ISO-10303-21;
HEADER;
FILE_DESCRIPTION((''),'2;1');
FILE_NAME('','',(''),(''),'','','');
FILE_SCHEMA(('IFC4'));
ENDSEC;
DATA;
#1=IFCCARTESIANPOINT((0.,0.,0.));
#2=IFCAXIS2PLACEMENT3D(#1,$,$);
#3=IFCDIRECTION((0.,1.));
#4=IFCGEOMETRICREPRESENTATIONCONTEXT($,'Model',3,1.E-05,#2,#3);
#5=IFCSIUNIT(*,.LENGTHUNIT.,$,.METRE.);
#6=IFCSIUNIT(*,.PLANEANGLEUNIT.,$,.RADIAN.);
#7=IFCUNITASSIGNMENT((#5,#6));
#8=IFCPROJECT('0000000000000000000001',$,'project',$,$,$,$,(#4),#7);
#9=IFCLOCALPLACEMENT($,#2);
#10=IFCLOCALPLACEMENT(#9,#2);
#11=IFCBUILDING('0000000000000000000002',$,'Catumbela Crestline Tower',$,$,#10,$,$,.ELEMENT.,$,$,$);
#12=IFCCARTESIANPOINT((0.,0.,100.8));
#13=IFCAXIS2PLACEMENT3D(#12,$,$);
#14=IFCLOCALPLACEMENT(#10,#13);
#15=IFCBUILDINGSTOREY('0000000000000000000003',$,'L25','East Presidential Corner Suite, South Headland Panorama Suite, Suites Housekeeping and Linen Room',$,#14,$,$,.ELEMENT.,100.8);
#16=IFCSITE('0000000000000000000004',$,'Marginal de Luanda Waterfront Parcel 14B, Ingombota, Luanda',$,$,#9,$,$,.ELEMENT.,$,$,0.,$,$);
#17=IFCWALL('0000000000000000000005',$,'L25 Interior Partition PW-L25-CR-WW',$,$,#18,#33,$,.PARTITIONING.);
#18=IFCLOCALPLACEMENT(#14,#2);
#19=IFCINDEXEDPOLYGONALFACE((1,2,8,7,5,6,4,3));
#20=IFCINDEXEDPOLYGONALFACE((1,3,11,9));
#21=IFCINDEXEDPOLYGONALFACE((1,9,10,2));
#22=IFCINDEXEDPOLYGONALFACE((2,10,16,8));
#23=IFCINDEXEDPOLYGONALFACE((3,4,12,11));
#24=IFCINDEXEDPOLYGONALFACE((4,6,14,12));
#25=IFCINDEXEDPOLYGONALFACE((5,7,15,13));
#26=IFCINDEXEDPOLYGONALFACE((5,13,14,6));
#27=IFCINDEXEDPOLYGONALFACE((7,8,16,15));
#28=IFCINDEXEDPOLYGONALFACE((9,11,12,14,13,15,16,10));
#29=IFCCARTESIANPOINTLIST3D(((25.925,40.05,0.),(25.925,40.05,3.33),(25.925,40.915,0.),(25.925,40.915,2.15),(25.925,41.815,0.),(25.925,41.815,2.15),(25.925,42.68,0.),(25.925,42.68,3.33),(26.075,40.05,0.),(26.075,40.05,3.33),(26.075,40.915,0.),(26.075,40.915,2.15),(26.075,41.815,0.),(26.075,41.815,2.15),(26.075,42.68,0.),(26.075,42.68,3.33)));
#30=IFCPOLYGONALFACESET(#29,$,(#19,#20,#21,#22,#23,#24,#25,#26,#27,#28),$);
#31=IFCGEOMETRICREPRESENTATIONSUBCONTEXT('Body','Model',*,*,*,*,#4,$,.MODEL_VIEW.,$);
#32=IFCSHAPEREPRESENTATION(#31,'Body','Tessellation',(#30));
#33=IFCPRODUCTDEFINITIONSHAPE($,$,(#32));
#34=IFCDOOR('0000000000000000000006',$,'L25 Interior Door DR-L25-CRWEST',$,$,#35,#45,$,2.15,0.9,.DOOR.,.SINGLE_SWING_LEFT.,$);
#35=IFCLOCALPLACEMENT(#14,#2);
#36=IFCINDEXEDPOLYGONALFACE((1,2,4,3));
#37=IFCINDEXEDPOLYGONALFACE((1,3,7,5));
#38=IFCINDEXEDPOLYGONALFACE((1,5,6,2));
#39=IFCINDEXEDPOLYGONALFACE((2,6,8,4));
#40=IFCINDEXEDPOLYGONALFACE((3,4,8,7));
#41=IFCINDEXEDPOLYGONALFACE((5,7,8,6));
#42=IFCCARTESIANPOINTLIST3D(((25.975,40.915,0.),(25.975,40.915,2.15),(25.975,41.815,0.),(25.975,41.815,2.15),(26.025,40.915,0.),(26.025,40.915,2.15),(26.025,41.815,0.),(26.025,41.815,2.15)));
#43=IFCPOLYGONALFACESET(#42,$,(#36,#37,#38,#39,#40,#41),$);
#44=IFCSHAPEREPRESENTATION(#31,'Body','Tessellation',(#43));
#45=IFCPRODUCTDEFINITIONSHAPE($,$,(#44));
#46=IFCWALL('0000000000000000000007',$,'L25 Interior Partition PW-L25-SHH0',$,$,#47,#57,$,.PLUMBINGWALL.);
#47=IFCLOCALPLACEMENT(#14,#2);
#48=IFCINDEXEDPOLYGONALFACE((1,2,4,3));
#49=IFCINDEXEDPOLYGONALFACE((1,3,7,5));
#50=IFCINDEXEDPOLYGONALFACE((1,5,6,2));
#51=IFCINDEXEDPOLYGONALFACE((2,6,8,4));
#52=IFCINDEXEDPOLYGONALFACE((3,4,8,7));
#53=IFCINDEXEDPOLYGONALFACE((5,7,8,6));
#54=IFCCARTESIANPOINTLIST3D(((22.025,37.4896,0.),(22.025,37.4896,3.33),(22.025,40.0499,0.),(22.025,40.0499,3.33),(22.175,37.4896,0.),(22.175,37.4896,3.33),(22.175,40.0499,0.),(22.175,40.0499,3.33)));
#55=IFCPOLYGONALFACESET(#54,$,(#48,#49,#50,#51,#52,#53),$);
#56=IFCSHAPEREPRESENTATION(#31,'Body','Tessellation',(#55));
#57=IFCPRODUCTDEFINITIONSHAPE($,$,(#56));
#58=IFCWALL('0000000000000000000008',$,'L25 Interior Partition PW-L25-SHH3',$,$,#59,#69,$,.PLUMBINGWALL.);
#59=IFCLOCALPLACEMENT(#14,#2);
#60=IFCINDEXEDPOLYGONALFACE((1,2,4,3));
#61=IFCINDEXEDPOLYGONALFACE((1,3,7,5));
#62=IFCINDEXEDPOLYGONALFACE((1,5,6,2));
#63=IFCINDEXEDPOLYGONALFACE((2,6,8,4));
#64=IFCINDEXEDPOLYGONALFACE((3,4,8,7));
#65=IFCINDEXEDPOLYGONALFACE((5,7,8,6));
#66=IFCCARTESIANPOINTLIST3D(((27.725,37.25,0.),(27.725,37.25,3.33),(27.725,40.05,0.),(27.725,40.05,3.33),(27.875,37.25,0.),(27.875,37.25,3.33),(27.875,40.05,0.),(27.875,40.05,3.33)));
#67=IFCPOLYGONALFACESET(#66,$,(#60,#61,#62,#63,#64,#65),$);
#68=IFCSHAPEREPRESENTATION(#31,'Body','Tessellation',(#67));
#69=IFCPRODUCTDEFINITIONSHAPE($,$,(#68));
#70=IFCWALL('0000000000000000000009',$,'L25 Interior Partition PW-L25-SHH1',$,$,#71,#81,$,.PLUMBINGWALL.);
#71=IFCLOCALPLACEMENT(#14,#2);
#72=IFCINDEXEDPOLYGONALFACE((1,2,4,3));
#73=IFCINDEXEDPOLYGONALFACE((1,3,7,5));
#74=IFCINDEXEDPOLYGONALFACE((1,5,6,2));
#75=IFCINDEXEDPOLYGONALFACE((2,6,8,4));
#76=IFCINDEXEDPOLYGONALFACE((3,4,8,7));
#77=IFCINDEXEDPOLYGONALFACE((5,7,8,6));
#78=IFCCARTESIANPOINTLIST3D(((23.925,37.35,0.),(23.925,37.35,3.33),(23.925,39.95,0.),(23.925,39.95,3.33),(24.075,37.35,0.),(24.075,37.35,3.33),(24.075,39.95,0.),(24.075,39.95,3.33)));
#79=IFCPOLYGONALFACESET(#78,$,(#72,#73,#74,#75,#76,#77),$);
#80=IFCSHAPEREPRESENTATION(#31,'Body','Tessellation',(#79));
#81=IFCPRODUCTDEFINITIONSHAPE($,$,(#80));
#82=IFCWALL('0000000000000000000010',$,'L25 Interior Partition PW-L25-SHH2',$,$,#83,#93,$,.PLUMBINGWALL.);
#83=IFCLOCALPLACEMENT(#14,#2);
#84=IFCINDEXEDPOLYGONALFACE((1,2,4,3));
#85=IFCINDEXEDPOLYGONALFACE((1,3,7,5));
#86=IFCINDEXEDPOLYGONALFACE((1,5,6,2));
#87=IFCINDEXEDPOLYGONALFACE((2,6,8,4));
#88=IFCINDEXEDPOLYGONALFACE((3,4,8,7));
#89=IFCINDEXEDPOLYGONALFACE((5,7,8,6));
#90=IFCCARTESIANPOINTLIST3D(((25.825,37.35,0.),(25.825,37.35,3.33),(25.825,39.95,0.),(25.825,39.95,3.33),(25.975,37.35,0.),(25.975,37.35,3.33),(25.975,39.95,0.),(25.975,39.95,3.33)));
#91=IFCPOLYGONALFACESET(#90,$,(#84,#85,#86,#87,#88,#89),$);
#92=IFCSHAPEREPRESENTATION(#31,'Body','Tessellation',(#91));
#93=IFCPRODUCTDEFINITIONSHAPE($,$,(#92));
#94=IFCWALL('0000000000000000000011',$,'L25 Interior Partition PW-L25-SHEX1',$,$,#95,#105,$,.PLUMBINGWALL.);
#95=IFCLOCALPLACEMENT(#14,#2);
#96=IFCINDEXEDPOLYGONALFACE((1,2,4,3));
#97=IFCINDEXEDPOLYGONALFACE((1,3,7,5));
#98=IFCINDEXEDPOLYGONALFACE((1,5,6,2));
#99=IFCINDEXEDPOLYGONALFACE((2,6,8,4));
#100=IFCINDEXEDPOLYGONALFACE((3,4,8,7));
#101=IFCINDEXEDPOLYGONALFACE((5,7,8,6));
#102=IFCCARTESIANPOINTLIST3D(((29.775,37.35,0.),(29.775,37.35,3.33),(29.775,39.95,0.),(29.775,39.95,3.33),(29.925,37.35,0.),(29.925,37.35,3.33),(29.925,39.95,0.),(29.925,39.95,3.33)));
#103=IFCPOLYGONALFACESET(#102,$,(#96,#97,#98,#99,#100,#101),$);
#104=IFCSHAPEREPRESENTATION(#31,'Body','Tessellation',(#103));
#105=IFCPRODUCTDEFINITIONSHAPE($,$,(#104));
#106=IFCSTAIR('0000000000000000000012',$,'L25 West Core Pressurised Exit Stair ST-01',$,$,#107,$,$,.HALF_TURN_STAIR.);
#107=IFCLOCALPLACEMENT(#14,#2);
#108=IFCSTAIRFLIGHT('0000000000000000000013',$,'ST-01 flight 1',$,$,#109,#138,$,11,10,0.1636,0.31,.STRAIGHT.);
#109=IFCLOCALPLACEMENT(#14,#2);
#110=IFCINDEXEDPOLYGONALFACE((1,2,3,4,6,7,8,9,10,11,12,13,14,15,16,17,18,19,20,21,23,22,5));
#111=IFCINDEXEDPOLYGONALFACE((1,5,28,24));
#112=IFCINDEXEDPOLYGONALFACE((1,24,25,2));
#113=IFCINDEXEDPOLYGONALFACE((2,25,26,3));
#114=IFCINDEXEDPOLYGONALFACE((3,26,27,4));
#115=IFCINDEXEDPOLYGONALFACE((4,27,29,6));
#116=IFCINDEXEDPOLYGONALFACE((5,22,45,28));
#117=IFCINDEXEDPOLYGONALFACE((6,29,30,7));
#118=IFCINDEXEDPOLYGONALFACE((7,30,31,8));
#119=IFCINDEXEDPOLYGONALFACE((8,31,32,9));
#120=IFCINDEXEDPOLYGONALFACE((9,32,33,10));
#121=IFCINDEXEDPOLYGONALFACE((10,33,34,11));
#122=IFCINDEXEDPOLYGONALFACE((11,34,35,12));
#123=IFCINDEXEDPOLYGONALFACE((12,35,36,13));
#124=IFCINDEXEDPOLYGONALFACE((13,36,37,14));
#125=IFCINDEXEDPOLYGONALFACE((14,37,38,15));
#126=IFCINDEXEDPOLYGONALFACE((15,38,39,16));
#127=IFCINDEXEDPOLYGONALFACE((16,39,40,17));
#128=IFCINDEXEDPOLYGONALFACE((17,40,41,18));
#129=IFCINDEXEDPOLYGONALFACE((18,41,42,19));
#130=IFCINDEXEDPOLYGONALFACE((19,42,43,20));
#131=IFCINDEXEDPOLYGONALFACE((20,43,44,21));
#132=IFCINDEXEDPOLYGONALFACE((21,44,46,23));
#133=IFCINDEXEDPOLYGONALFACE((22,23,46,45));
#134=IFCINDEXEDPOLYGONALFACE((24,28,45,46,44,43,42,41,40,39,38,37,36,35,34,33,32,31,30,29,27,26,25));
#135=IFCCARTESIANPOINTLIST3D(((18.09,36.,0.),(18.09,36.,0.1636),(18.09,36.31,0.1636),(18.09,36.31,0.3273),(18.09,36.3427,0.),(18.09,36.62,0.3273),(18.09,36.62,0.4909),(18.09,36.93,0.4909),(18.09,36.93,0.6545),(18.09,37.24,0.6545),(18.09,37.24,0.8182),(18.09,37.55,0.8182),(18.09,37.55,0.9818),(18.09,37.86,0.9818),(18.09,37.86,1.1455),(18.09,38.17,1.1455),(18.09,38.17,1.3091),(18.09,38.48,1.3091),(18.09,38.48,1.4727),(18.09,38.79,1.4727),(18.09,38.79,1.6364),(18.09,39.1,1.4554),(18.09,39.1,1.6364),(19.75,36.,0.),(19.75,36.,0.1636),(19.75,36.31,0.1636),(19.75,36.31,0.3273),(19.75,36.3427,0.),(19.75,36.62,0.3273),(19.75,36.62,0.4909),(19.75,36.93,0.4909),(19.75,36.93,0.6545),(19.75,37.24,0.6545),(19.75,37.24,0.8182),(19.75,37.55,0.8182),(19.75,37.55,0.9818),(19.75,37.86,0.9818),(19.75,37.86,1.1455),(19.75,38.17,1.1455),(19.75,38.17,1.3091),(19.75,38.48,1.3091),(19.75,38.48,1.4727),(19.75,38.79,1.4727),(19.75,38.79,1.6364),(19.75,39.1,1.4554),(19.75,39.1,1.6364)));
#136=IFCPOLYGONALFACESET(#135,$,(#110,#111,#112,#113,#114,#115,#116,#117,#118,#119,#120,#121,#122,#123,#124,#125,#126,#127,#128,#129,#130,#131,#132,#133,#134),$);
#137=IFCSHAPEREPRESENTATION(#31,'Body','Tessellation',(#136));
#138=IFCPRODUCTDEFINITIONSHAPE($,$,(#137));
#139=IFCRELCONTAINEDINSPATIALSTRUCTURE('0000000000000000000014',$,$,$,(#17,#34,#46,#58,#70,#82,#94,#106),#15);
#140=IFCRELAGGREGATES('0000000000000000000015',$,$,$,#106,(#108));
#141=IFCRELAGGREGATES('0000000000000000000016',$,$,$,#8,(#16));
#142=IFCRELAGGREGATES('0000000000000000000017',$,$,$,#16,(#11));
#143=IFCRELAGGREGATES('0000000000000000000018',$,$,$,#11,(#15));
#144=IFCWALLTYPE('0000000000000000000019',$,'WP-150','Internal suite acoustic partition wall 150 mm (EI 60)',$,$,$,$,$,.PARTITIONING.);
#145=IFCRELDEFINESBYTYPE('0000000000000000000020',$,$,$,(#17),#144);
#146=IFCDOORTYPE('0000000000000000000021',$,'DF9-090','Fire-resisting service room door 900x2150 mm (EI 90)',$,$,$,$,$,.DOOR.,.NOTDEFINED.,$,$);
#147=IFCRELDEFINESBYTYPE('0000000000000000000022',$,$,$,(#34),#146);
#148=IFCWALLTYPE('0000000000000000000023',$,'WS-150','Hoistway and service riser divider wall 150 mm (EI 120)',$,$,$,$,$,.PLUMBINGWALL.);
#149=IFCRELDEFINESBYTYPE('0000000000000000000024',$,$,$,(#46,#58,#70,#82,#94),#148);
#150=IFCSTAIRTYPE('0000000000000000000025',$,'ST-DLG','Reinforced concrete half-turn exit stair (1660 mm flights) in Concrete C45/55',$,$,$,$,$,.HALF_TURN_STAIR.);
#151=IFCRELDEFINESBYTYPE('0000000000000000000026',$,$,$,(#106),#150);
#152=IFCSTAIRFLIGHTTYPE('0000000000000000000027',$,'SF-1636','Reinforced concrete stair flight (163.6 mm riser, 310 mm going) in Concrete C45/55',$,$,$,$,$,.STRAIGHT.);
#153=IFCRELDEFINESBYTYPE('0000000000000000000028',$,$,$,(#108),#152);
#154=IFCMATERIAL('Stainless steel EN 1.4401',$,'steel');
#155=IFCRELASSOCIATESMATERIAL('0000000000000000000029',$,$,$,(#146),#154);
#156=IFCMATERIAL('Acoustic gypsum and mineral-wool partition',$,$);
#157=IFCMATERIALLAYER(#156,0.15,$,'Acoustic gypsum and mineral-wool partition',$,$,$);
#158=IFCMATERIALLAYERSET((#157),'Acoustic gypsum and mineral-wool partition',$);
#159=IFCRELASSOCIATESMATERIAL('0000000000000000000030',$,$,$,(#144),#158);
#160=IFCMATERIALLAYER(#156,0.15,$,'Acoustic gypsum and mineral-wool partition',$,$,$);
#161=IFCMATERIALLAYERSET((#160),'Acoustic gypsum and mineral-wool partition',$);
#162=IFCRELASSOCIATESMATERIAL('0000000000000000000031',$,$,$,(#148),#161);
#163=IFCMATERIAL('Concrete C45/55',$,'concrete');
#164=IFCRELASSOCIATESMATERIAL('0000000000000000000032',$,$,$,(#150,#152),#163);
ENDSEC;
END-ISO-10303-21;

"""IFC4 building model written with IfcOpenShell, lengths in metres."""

from ifc_helpers import new_model, si_unit, direction, frame, frame_2d, origin, place, context, subcontext, project, spatial, polyline, rectangle, outline, extrude, material, layer, layer_set, type_object, element, fill, aggregate, save


model = new_model("IFC4")

# Units and contexts
model_context = context("Model", 3, precision=1e-05, world=origin(), true_north=direction((0.0, 1.0)))
body_context = subcontext(model_context, "Body", "Model", "MODEL_VIEW")
ifc_project = project(units=[si_unit("LENGTHUNIT", "METRE"), si_unit("PLANEANGLEUNIT", "RADIAN")], contexts=[model_context])

# Site, building, storey
site_placement = place(None, origin())
site = spatial("IfcSite", under=ifc_project, at=site_placement, Name="Marginal de Luanda Waterfront Parcel 14B, Ingombota, Luanda", CompositionType="ELEMENT", RefElevation=0.0)
building_placement = place(site_placement, origin())
building = spatial("IfcBuilding", under=site, at=building_placement, Name="Catumbela Crestline Tower", CompositionType="ELEMENT")
storey_placement = place(building_placement, frame((0.0, 0.0, 100.8)))
storey = spatial("IfcBuildingStorey", under=building, at=storey_placement, Name="L25", Description="East Presidential Corner Suite, South Headland Panorama Suite, Suites Housekeeping and Linen Room", CompositionType="ELEMENT", Elevation=100.8)

# Shared definitions
ifc_material_1 = material(Name="Stainless steel EN 1.4401", Category="steel")

# Shared definitions
door_type_1 = type_object("IfcDoorType", Name="DF9-090", Description="Fire-resisting service room door 900x2150 mm (EI 90)", OperationType="NOTDEFINED", PredefinedType="DOOR", material=ifc_material_1)

# Wall, opening, door
ifc_material_2 = material(Name="Acoustic gypsum and mineral-wool partition")
ifc_layer_1 = layer(ifc_material_2, 0.15, Name="Acoustic gypsum and mineral-wool partition")
ifc_layer_set_1 = layer_set([ifc_layer_1], Name="Acoustic gypsum and mineral-wool partition")
wall_type_1 = type_object("IfcWallType", Name="WP-150", Description="Internal suite acoustic partition wall 150 mm (EI 60)", PredefinedType="PARTITIONING", material=ifc_layer_set_1)
wall_1_placement = place(storey_placement, frame((26.0, 40.05, 0.0), z_axis=(0.0, 0.0, 1.0), x_axis=(0.0, 1.0, 0.0)))
wall_1 = element("IfcWall", 1, at=wall_1_placement, inside=storey, type_object=wall_type_1, Name="L25 Interior Partition PW-L25-CR-WW", PredefinedType="PARTITIONING", context=body_context, shape_type="SweptSolid", body=[
    extrude(rectangle(XDim=2.63, YDim=0.15, at=frame_2d((1.315, 0.0))), origin(), (0.0, 0.0, 1.0), 3.33),
])
opening_1_placement = place(wall_1_placement, frame((0.865, 0.0, 0.0)))
opening_1 = element("IfcOpeningElement", 2, at=opening_1_placement, cuts=wall_1, PredefinedType="OPENING", context=body_context, shape_type="SweptSolid", body=[
    extrude(rectangle(XDim=0.9, YDim=2.15, at=frame_2d((0.45, 1.075))), frame((0.0, 0.085, 0.0), z_axis=(0.0, -1.0, 0.0), x_axis=(1.0, 0.0, 0.0)), (0.0, 0.0, 1.0), 0.17),
])
door_1_placement = place(opening_1_placement, origin())
door_1 = element("IfcDoor", 3, at=door_1_placement, inside=storey, type_object=door_type_1, Name="L25 Interior Door DR-L25-CRWEST", OperationType="SINGLE_SWING_LEFT", OverallHeight=2.15, OverallWidth=0.9, PredefinedType="DOOR", context=body_context, shape_type="SweptSolid", body=[
    extrude(rectangle(XDim=0.9, YDim=2.15, at=frame_2d((0.45, 1.075))), frame((0.0, 0.025, 0.0), z_axis=(0.0, -1.0, 0.0), x_axis=(1.0, 0.0, 0.0)), (0.0, 0.0, 1.0), 0.05),
])
fill(opening_1, door_1)

# Walls
ifc_layer_2 = layer(ifc_material_2, 0.15, Name="Acoustic gypsum and mineral-wool partition")
ifc_layer_set_2 = layer_set([ifc_layer_2], Name="Acoustic gypsum and mineral-wool partition")
wall_type_2 = type_object("IfcWallType", Name="WS-150", Description="Hoistway and service riser divider wall 150 mm (EI 120)", PredefinedType="PLUMBINGWALL", material=ifc_layer_set_2)
wall_2_placement = place(storey_placement, frame((22.1, 37.4897, 0.0), z_axis=(0.0, 0.0, 1.0), x_axis=(0.0, 1.0, 0.0)))
element("IfcWall", 4, at=wall_2_placement, inside=storey, type_object=wall_type_2, Name="L25 Interior Partition PW-L25-SHH0", PredefinedType="PLUMBINGWALL", context=body_context, shape_type="SweptSolid", body=[
    extrude(rectangle(XDim=2.5603, YDim=0.15, at=frame_2d((1.2801, 0.0))), origin(), (0.0, 0.0, 1.0), 3.33),
])
wall_3_placement = place(storey_placement, frame((27.8, 37.25, 0.0), z_axis=(0.0, 0.0, 1.0), x_axis=(0.0, 1.0, 0.0)))
element("IfcWall", 5, at=wall_3_placement, inside=storey, type_object=wall_type_2, Name="L25 Interior Partition PW-L25-SHH3", PredefinedType="PLUMBINGWALL", context=body_context, shape_type="SweptSolid", body=[
    extrude(rectangle(XDim=2.8, YDim=0.15, at=frame_2d((1.4, 0.0))), origin(), (0.0, 0.0, 1.0), 3.33),
])
for number, where, z_axis, x_axis, name in (
    (6, (24.0, 37.35, 0.0), (0.0, 0.0, 1.0), (0.0, 1.0, 0.0), "L25 Interior Partition PW-L25-SHH1"),
    (7, (25.9, 37.35, 0.0), (0.0, 0.0, 1.0), (0.0, 1.0, 0.0), "L25 Interior Partition PW-L25-SHH2"),
    (8, (29.85, 37.35, 0.0), (0.0, 0.0, 1.0), (0.0, 1.0, 0.0), "L25 Interior Partition PW-L25-SHEX1"),
):
    element("IfcWall", number, at=place(storey_placement, frame(where, z_axis=z_axis, x_axis=x_axis)), inside=storey, type_object=wall_type_2, Name=name, PredefinedType="PLUMBINGWALL", context=body_context, shape_type="SweptSolid", body=[
        extrude(rectangle(XDim=2.6, YDim=0.15, at=frame_2d((1.3, 0.0))), origin(), (0.0, 0.0, 1.0), 3.33),
    ])

# Stair, stair flight
ifc_material_3 = material(Name="Concrete C45/55", Category="concrete")
stair_type = type_object("IfcStairType", Name="ST-DLG", Description="Reinforced concrete half-turn exit stair (1660 mm flights) in Concrete C45/55", PredefinedType="HALF_TURN_STAIR", material=ifc_material_3)
stair_placement = place(storey_placement, origin())
stair = element("IfcStair", 9, at=stair_placement, inside=storey, type_object=stair_type, Name="L25 West Core Pressurised Exit Stair ST-01", PredefinedType="HALF_TURN_STAIR")
stair_flight_type = type_object("IfcStairFlightType", Name="SF-1636", Description="Reinforced concrete stair flight (163.6 mm riser, 310 mm going) in Concrete C45/55", PredefinedType="STRAIGHT", material=ifc_material_3)
stair_flight_placement = place(storey_placement, frame((18.92, 36.0, 0.0), z_axis=(0.0, 0.0, 1.0), x_axis=(0.0, 1.0, 0.0)))
stair_flight = element("IfcStairFlight", 10, at=stair_flight_placement, type_object=stair_flight_type, Name="ST-01 flight 1", NumberOfRisers=11, NumberOfTreads=10, PredefinedType="STRAIGHT", RiserHeight=0.1636, TreadLength=0.31, context=body_context, shape_type="SweptSolid", body=[
    extrude(outline(polyline([(0.0, 0.0), (0.0, 0.1636), (0.31, 0.1636), (0.31, 0.3273), (0.62, 0.3273), (0.62, 0.4909), (0.93, 0.4909), (0.93, 0.6545), (1.24, 0.6545), (1.24, 0.8182), (1.55, 0.8182), (1.55, 0.9818), (1.86, 0.9818), (1.86, 1.1455), (2.17, 1.1455), (2.17, 1.3091), (2.48, 1.3091), (2.48, 1.4727), (2.79, 1.4727), (2.79, 1.6364), (3.1, 1.6364), (3.1, 1.8), (3.1, 1.4554), (0.3427, 0.0), (0.0, 0.0)])), frame((0.0, 0.83, 0.0), z_axis=(0.0, -1.0, 0.0), x_axis=(1.0, 0.0, 0.0)), (0.0, 0.0, 1.0), 1.66),
])
aggregate(stair, [stair_flight])

save(model, "model.ifc")
